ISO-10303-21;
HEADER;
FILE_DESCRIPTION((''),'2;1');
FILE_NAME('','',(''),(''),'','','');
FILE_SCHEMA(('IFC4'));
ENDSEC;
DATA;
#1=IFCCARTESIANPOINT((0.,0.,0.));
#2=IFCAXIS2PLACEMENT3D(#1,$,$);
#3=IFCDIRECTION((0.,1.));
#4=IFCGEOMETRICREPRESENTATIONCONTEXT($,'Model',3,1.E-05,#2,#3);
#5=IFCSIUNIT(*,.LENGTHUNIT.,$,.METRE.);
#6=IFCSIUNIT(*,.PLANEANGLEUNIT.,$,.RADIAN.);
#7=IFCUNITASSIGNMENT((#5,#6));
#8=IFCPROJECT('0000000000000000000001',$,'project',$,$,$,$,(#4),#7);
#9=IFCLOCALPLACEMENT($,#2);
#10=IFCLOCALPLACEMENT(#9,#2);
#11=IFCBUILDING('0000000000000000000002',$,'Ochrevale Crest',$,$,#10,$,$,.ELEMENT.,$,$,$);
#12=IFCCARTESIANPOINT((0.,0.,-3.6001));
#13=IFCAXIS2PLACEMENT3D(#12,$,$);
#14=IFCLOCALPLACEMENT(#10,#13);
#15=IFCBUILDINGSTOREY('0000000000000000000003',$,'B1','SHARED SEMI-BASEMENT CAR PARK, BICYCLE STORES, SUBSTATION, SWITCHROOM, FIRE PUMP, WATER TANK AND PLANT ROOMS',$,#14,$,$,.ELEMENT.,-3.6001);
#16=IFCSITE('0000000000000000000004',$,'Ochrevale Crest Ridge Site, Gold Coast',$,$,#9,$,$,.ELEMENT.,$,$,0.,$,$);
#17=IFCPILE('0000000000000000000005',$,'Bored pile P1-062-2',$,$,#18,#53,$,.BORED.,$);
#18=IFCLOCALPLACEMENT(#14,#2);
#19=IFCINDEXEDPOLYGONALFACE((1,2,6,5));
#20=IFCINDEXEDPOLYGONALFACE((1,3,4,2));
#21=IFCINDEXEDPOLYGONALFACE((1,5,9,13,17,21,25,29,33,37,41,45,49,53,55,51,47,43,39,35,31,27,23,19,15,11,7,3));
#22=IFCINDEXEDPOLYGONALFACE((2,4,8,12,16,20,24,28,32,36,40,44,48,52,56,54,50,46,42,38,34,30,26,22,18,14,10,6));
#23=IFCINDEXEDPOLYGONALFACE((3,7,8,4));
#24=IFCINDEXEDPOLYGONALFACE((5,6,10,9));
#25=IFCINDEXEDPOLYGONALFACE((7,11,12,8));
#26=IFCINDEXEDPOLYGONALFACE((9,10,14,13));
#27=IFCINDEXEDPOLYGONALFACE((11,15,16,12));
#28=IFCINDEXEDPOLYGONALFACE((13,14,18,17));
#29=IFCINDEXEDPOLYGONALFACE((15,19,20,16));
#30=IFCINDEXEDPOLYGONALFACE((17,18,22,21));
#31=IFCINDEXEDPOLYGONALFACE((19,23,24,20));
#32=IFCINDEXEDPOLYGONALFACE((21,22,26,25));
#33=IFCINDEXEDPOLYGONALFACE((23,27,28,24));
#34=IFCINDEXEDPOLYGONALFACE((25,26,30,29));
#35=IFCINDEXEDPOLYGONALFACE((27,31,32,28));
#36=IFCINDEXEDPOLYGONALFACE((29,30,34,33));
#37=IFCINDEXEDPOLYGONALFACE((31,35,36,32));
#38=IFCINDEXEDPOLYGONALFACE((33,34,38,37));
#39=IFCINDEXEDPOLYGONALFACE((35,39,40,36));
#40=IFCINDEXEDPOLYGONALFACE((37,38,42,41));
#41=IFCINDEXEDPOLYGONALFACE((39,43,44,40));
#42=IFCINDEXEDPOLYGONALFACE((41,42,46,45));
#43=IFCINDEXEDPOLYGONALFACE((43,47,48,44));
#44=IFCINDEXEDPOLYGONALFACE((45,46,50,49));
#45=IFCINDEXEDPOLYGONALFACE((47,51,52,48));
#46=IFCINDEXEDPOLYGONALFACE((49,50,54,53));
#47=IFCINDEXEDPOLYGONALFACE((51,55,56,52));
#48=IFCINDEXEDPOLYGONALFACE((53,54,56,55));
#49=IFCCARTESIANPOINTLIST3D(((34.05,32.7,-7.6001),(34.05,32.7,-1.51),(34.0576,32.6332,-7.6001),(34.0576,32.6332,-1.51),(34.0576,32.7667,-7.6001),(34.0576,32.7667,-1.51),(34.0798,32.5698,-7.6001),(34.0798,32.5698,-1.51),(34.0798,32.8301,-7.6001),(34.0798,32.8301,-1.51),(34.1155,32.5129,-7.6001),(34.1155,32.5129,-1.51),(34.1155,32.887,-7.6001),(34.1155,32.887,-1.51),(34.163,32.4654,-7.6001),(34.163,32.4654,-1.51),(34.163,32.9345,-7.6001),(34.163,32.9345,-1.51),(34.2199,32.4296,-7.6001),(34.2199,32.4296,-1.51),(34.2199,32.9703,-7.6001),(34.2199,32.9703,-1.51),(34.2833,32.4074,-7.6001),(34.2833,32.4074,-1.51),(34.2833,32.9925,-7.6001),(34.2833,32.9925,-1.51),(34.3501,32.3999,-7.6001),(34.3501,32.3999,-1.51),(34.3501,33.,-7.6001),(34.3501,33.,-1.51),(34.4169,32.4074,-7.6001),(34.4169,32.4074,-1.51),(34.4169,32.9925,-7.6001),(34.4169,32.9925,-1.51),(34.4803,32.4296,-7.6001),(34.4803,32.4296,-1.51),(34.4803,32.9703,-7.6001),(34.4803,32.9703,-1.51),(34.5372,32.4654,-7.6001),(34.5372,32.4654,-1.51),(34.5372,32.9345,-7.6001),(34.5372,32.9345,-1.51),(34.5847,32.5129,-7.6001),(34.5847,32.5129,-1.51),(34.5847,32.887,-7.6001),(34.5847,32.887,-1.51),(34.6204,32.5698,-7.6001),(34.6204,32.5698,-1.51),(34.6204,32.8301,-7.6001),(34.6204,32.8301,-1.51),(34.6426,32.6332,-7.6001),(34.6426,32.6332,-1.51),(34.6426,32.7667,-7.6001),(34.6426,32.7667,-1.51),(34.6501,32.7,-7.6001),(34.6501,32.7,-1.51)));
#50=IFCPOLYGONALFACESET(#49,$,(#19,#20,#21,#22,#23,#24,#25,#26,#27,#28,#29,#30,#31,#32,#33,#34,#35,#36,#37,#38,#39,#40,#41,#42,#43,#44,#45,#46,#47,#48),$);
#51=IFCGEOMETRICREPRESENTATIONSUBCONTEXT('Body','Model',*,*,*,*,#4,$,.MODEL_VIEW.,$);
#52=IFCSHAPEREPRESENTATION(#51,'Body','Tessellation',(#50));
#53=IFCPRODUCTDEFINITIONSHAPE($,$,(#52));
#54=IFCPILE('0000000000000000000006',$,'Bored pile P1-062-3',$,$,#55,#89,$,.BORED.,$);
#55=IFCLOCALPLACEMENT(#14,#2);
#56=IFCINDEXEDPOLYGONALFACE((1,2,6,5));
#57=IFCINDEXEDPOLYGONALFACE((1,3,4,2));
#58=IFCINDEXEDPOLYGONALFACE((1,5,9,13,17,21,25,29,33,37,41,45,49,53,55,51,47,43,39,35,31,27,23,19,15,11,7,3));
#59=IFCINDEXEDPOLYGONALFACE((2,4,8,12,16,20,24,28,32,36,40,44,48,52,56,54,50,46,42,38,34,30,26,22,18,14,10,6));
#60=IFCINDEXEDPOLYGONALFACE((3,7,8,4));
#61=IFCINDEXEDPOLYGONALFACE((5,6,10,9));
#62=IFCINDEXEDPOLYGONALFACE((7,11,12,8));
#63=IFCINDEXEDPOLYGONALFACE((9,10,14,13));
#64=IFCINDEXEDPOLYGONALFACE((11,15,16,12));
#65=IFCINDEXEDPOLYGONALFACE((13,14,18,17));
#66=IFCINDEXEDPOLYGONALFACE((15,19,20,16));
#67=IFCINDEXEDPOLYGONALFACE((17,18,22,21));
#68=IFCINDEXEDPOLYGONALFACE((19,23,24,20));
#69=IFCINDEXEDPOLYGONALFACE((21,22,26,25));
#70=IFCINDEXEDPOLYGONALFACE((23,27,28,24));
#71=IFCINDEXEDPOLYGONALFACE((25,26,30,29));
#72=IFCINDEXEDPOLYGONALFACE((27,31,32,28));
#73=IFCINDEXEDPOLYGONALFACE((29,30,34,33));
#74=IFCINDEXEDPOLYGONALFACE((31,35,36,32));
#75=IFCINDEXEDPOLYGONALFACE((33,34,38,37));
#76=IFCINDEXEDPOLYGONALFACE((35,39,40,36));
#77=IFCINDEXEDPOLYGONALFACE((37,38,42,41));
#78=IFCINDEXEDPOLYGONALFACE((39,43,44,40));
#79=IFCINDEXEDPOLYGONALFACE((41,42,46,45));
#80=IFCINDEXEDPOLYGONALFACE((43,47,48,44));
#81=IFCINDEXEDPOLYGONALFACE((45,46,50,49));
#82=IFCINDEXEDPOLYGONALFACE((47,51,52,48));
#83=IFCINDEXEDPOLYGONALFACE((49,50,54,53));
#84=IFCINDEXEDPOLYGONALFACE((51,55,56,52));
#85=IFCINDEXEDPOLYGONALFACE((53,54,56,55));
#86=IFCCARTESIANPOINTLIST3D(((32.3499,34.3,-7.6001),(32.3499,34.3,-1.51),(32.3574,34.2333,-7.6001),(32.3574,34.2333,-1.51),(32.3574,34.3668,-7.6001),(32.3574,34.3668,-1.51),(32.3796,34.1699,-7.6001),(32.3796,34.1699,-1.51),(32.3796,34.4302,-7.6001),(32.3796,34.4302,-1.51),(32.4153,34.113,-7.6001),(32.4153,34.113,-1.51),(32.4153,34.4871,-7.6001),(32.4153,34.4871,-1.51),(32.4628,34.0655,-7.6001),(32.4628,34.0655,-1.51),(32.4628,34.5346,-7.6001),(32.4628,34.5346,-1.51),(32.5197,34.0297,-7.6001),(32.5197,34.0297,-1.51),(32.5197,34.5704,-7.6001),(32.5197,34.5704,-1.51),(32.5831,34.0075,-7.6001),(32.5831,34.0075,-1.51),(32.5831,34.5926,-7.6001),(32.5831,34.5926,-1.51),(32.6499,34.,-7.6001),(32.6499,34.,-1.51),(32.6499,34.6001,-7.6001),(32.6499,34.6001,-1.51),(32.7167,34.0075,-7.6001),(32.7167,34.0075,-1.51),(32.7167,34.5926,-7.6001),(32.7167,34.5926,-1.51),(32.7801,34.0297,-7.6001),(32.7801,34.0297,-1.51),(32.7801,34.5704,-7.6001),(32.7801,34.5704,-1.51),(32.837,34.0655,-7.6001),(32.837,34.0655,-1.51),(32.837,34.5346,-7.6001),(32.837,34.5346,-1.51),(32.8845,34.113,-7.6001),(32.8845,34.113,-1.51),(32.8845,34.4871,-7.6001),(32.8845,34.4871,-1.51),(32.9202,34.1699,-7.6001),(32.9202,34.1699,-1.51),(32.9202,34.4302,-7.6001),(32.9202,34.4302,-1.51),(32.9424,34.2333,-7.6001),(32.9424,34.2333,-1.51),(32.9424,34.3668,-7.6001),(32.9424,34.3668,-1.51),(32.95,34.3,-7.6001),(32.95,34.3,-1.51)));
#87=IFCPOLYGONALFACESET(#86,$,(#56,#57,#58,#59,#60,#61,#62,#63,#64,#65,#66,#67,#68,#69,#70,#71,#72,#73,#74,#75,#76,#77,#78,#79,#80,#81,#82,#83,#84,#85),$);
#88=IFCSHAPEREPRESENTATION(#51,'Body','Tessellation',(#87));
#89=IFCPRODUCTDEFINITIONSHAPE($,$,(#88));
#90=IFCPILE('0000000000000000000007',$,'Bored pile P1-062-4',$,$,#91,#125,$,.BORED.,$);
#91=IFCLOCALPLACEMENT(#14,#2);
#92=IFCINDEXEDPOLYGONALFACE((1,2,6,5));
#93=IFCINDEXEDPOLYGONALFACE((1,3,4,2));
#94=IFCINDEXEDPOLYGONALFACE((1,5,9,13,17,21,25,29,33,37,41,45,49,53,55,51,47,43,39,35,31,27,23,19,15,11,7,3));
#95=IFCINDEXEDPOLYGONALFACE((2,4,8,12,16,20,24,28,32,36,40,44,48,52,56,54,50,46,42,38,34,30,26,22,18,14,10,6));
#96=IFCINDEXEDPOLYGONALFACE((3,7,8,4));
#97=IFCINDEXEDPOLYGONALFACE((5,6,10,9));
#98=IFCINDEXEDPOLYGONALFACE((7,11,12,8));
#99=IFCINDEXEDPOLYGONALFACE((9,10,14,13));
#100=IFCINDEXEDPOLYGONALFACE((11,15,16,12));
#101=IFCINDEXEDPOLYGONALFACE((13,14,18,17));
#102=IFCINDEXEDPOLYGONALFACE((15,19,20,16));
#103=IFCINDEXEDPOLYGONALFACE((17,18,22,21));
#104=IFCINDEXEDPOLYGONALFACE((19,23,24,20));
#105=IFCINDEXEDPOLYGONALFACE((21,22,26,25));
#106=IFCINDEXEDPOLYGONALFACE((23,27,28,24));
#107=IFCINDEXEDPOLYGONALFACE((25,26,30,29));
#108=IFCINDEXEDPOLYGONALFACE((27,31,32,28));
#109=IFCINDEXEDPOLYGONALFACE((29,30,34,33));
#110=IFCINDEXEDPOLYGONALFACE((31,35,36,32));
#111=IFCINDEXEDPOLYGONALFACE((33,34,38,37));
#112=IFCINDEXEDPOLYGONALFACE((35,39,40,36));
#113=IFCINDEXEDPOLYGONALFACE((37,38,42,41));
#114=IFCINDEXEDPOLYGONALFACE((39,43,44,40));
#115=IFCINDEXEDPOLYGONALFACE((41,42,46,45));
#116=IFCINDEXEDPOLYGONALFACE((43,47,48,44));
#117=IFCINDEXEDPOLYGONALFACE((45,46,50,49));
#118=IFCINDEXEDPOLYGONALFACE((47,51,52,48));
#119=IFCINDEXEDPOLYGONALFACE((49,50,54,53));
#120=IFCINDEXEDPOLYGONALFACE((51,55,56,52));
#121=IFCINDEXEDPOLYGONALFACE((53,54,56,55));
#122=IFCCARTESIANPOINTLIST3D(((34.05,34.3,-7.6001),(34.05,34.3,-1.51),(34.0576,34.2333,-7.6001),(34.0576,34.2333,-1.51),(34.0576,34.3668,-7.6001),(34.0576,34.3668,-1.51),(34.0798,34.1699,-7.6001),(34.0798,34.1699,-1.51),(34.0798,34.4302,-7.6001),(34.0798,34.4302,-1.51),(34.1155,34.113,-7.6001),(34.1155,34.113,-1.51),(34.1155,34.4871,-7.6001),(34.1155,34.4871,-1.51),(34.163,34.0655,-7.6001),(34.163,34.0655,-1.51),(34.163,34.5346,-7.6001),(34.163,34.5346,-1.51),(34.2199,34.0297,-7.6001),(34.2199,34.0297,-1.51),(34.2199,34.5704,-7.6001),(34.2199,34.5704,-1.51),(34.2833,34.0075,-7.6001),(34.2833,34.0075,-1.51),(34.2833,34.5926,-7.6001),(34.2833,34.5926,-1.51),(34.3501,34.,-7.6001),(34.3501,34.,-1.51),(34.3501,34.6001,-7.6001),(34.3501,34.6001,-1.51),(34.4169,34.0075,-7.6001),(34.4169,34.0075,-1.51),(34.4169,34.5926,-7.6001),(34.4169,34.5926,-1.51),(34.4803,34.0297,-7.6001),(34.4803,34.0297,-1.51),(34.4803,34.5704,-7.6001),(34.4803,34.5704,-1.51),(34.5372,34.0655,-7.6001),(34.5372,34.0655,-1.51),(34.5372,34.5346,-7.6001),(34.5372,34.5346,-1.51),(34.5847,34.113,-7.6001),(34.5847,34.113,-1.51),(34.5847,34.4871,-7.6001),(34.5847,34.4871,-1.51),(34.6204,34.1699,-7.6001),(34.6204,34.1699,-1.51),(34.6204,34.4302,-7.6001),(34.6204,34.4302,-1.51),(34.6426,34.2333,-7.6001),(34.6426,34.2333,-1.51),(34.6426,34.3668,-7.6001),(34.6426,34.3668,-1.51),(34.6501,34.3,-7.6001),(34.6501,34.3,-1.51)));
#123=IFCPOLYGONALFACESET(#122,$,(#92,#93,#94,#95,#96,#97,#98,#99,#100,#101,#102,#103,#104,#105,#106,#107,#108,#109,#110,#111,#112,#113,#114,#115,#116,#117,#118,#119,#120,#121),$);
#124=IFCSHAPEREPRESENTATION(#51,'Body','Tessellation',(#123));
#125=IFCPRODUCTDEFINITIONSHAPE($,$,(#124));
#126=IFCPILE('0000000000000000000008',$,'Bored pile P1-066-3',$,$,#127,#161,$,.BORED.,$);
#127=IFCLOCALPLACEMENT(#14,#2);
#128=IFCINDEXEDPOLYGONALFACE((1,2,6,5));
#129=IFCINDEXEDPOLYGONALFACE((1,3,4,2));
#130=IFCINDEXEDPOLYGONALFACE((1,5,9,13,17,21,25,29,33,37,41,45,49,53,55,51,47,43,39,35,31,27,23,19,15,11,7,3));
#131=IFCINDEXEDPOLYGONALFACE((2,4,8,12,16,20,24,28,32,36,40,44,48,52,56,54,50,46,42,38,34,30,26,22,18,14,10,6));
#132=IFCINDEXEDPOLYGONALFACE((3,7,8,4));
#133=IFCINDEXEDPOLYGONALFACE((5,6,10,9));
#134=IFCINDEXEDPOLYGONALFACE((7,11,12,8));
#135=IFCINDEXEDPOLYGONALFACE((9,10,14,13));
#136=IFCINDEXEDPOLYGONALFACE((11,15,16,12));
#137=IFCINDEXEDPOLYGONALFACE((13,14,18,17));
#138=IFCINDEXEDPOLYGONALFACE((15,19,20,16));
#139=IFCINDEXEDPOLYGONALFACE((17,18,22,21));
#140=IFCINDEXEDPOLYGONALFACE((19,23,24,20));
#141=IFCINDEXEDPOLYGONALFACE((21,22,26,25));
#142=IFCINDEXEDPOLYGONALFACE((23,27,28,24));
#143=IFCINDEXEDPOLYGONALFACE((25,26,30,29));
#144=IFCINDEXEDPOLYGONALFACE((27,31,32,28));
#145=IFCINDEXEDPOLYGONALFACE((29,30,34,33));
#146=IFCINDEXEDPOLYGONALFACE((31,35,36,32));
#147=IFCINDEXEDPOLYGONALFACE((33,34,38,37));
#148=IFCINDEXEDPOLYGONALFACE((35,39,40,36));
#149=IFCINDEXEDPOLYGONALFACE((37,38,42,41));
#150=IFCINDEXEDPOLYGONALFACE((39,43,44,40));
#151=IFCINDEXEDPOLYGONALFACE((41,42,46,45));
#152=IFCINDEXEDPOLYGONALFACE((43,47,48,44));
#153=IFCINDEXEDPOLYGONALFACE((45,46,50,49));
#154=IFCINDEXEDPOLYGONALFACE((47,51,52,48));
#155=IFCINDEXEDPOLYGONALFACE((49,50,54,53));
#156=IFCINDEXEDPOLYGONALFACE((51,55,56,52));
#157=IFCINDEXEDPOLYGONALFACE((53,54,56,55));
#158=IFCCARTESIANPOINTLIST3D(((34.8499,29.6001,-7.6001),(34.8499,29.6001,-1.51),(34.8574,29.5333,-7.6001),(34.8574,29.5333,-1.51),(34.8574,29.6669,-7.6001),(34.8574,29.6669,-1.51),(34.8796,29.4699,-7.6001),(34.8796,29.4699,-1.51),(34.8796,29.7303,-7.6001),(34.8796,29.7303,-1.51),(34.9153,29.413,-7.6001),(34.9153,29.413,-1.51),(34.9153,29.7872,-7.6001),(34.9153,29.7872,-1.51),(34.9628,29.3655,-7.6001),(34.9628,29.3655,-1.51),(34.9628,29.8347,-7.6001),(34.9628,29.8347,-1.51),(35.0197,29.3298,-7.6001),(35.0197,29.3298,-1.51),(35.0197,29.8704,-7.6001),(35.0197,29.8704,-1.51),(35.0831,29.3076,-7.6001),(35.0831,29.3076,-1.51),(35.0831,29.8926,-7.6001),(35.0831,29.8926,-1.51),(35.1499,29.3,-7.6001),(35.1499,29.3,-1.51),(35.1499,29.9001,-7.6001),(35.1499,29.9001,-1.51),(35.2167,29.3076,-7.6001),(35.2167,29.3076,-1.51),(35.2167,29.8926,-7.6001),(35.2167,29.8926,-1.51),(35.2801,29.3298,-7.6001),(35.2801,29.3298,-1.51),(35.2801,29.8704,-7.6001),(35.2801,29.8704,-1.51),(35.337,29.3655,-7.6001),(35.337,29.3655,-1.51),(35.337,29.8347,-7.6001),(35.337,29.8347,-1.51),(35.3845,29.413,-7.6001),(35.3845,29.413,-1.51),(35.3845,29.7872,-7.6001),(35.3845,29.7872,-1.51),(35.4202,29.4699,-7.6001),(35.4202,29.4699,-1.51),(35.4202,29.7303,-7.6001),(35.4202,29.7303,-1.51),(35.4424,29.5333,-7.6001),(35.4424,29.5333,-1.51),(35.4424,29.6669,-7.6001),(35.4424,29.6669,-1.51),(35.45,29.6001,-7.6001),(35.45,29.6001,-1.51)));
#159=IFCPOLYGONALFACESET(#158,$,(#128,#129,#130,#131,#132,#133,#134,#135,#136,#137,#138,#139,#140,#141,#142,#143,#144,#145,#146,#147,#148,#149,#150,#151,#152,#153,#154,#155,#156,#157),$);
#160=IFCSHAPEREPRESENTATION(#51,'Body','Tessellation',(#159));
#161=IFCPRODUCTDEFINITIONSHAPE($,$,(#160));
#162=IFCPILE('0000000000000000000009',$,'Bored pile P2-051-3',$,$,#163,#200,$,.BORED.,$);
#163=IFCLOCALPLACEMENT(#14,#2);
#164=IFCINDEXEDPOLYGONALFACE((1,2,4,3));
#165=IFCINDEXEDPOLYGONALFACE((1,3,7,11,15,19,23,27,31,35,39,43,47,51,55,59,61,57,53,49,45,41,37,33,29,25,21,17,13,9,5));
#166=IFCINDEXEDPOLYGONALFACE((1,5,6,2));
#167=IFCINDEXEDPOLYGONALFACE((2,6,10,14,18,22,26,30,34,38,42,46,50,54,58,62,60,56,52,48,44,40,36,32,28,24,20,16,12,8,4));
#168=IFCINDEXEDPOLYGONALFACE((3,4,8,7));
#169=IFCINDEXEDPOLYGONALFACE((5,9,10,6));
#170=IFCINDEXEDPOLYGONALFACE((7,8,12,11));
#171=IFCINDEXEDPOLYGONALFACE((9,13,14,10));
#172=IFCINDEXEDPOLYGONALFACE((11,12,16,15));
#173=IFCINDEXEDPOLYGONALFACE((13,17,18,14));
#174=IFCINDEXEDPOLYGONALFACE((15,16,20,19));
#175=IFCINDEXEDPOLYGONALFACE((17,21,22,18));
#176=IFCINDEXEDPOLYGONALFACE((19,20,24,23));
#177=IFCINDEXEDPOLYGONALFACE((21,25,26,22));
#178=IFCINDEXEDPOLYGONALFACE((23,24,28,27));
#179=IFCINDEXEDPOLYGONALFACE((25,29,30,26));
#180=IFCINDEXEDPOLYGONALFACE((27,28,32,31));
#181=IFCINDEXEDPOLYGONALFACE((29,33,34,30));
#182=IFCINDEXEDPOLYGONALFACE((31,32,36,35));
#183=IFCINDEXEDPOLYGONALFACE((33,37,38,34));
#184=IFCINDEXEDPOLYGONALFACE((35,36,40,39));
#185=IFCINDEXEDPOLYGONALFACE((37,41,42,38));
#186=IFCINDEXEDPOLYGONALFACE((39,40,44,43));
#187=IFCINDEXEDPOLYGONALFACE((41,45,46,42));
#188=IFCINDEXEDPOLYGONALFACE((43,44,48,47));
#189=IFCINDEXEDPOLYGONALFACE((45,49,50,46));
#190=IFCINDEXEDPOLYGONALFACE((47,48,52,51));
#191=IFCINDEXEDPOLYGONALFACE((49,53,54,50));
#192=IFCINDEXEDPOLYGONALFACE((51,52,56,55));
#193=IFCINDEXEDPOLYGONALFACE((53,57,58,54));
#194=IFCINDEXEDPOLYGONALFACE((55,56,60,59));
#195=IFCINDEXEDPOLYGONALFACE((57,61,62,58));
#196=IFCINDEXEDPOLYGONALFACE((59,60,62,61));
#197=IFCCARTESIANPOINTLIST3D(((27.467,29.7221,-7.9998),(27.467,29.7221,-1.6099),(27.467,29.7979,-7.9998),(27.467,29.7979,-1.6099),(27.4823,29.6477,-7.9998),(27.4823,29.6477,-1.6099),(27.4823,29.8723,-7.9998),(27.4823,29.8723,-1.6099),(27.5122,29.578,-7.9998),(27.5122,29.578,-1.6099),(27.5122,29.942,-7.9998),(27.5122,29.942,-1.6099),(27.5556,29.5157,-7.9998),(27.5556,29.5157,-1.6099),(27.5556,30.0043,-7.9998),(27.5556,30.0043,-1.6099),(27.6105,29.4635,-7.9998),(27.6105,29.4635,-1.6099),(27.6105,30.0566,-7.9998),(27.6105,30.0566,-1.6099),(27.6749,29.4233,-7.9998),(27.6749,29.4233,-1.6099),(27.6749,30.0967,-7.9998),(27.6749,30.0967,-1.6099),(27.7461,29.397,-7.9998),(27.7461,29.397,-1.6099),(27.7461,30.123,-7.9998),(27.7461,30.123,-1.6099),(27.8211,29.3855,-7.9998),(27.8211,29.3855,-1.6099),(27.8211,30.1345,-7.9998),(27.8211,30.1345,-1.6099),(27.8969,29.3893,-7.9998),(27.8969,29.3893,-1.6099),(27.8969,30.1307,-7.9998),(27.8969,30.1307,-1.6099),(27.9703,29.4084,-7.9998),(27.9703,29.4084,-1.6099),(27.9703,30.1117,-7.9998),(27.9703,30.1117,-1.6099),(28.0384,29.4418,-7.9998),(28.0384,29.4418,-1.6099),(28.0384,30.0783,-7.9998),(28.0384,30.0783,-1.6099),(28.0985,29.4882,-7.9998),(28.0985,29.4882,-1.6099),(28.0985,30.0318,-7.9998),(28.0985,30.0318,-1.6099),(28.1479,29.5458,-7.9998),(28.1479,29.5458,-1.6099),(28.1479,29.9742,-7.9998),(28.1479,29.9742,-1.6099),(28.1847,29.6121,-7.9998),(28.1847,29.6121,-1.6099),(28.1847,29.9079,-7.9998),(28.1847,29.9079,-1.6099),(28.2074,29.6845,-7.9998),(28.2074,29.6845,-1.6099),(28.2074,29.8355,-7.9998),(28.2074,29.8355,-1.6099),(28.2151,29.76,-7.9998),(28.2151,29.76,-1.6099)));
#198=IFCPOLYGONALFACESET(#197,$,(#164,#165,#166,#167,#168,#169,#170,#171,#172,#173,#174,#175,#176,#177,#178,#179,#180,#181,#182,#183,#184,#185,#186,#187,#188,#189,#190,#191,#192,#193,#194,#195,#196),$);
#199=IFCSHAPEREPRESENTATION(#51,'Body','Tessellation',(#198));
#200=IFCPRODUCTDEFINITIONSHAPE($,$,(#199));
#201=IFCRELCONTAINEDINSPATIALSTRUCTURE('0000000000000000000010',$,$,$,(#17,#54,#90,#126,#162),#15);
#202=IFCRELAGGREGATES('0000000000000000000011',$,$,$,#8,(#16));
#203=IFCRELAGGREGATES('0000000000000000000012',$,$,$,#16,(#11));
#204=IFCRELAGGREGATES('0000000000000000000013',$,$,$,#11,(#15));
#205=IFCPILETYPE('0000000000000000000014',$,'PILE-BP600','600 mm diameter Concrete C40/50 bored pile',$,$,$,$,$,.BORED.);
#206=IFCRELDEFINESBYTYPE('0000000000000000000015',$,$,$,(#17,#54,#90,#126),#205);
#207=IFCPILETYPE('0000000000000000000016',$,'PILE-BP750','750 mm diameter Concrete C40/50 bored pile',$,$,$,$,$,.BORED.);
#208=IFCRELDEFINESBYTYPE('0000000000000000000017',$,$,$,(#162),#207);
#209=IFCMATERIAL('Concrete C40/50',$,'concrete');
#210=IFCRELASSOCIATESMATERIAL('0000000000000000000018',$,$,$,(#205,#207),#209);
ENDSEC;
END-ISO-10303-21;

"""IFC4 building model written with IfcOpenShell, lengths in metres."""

from ifc_helpers import new_model, si_unit, direction, frame, origin, origin_2d, place, context, subcontext, project, spatial, circle, extrude, material, material_profile, profile_set, type_object, element, save


model = new_model("IFC4")

# Units and contexts
model_context = context("Model", 3, precision=1e-05, world=origin(), true_north=direction((0.0, 1.0)))
body_context = subcontext(model_context, "Body", "Model", "MODEL_VIEW")
ifc_project = project(units=[si_unit("LENGTHUNIT", "METRE"), si_unit("PLANEANGLEUNIT", "RADIAN")], contexts=[model_context])

# Site, building, storey
site_placement = place(None, origin())
site = spatial("IfcSite", under=ifc_project, at=site_placement, Name="Ochrevale Crest Ridge Site, Gold Coast", CompositionType="ELEMENT", RefElevation=0.0)
building_placement = place(site_placement, origin())
building = spatial("IfcBuilding", under=site, at=building_placement, Name="Ochrevale Crest", CompositionType="ELEMENT")
storey_placement = place(building_placement, frame((0.0, 0.0, -3.6001)))
storey = spatial("IfcBuildingStorey", under=building, at=storey_placement, Name="B1", Description="SHARED SEMI-BASEMENT CAR PARK, BICYCLE STORES, SUBSTATION, SWITCHROOM, FIRE PUMP, WATER TANK AND PLANT ROOMS", CompositionType="ELEMENT", Elevation=-3.6001)

# Shared definitions
ifc_material_1 = material(Name="Concrete C40/50", Category="concrete")

# Piles
ifc_material_profile_1 = material_profile(ifc_material_1, circle(Radius=0.3, at=origin_2d()), Name="BORED PILE 600")
ifc_profile_set_1 = profile_set([ifc_material_profile_1], Name="Concrete C40/50")
pile_type_1 = type_object("IfcPileType", Name="PILE-BP600", Description="600 mm diameter Concrete C40/50 bored pile", PredefinedType="BORED", material=ifc_profile_set_1)
for number, where, z_axis, x_axis, name in (
    (1, (34.3501, 32.7, -1.51), (0.0, 0.0, -1.0), (1.0, 0.0, 0.0), "Bored pile P1-062-2"),
    (2, (32.6499, 34.3, -1.51), (0.0, 0.0, -1.0), (1.0, 0.0, 0.0), "Bored pile P1-062-3"),
    (3, (34.3501, 34.3, -1.51), (0.0, 0.0, -1.0), (1.0, 0.0, 0.0), "Bored pile P1-062-4"),
    (4, (35.1499, 29.6001, -1.51), (0.0, 0.0, -1.0), (1.0, 0.0, 0.0), "Bored pile P1-066-3"),
):
    element("IfcPile", number, at=place(storey_placement, frame(where, z_axis=z_axis, x_axis=x_axis)), inside=storey, type_object=pile_type_1, Name=name, PredefinedType="BORED", context=body_context, shape_type="SweptSolid", body=[
        extrude(circle(Radius=0.3, at=origin_2d()), origin(), (0.0, 0.0, 1.0), 6.0901),
    ])
ifc_material_profile_2 = material_profile(ifc_material_1, circle(Radius=0.375, at=origin_2d()), Name="BORED PILE 750")
ifc_profile_set_2 = profile_set([ifc_material_profile_2], Name="Concrete C40/50")
pile_type_2 = type_object("IfcPileType", Name="PILE-BP750", Description="750 mm diameter Concrete C40/50 bored pile", PredefinedType="BORED", material=ifc_profile_set_2)
for number, where, z_axis, x_axis, name in (
    (5, (27.8401, 29.76, -1.6099), (0.0, 0.0, -1.0), (1.0, 0.0, 0.0), "Bored pile P2-051-3"),
):
    element("IfcPile", number, at=place(storey_placement, frame(where, z_axis=z_axis, x_axis=x_axis)), inside=storey, type_object=pile_type_2, Name=name, PredefinedType="BORED", context=body_context, shape_type="SweptSolid", body=[
        extrude(circle(Radius=0.375, at=origin_2d()), origin(), (0.0, 0.0, 1.0), 6.3899),
    ])

save(model, "model.ifc")
